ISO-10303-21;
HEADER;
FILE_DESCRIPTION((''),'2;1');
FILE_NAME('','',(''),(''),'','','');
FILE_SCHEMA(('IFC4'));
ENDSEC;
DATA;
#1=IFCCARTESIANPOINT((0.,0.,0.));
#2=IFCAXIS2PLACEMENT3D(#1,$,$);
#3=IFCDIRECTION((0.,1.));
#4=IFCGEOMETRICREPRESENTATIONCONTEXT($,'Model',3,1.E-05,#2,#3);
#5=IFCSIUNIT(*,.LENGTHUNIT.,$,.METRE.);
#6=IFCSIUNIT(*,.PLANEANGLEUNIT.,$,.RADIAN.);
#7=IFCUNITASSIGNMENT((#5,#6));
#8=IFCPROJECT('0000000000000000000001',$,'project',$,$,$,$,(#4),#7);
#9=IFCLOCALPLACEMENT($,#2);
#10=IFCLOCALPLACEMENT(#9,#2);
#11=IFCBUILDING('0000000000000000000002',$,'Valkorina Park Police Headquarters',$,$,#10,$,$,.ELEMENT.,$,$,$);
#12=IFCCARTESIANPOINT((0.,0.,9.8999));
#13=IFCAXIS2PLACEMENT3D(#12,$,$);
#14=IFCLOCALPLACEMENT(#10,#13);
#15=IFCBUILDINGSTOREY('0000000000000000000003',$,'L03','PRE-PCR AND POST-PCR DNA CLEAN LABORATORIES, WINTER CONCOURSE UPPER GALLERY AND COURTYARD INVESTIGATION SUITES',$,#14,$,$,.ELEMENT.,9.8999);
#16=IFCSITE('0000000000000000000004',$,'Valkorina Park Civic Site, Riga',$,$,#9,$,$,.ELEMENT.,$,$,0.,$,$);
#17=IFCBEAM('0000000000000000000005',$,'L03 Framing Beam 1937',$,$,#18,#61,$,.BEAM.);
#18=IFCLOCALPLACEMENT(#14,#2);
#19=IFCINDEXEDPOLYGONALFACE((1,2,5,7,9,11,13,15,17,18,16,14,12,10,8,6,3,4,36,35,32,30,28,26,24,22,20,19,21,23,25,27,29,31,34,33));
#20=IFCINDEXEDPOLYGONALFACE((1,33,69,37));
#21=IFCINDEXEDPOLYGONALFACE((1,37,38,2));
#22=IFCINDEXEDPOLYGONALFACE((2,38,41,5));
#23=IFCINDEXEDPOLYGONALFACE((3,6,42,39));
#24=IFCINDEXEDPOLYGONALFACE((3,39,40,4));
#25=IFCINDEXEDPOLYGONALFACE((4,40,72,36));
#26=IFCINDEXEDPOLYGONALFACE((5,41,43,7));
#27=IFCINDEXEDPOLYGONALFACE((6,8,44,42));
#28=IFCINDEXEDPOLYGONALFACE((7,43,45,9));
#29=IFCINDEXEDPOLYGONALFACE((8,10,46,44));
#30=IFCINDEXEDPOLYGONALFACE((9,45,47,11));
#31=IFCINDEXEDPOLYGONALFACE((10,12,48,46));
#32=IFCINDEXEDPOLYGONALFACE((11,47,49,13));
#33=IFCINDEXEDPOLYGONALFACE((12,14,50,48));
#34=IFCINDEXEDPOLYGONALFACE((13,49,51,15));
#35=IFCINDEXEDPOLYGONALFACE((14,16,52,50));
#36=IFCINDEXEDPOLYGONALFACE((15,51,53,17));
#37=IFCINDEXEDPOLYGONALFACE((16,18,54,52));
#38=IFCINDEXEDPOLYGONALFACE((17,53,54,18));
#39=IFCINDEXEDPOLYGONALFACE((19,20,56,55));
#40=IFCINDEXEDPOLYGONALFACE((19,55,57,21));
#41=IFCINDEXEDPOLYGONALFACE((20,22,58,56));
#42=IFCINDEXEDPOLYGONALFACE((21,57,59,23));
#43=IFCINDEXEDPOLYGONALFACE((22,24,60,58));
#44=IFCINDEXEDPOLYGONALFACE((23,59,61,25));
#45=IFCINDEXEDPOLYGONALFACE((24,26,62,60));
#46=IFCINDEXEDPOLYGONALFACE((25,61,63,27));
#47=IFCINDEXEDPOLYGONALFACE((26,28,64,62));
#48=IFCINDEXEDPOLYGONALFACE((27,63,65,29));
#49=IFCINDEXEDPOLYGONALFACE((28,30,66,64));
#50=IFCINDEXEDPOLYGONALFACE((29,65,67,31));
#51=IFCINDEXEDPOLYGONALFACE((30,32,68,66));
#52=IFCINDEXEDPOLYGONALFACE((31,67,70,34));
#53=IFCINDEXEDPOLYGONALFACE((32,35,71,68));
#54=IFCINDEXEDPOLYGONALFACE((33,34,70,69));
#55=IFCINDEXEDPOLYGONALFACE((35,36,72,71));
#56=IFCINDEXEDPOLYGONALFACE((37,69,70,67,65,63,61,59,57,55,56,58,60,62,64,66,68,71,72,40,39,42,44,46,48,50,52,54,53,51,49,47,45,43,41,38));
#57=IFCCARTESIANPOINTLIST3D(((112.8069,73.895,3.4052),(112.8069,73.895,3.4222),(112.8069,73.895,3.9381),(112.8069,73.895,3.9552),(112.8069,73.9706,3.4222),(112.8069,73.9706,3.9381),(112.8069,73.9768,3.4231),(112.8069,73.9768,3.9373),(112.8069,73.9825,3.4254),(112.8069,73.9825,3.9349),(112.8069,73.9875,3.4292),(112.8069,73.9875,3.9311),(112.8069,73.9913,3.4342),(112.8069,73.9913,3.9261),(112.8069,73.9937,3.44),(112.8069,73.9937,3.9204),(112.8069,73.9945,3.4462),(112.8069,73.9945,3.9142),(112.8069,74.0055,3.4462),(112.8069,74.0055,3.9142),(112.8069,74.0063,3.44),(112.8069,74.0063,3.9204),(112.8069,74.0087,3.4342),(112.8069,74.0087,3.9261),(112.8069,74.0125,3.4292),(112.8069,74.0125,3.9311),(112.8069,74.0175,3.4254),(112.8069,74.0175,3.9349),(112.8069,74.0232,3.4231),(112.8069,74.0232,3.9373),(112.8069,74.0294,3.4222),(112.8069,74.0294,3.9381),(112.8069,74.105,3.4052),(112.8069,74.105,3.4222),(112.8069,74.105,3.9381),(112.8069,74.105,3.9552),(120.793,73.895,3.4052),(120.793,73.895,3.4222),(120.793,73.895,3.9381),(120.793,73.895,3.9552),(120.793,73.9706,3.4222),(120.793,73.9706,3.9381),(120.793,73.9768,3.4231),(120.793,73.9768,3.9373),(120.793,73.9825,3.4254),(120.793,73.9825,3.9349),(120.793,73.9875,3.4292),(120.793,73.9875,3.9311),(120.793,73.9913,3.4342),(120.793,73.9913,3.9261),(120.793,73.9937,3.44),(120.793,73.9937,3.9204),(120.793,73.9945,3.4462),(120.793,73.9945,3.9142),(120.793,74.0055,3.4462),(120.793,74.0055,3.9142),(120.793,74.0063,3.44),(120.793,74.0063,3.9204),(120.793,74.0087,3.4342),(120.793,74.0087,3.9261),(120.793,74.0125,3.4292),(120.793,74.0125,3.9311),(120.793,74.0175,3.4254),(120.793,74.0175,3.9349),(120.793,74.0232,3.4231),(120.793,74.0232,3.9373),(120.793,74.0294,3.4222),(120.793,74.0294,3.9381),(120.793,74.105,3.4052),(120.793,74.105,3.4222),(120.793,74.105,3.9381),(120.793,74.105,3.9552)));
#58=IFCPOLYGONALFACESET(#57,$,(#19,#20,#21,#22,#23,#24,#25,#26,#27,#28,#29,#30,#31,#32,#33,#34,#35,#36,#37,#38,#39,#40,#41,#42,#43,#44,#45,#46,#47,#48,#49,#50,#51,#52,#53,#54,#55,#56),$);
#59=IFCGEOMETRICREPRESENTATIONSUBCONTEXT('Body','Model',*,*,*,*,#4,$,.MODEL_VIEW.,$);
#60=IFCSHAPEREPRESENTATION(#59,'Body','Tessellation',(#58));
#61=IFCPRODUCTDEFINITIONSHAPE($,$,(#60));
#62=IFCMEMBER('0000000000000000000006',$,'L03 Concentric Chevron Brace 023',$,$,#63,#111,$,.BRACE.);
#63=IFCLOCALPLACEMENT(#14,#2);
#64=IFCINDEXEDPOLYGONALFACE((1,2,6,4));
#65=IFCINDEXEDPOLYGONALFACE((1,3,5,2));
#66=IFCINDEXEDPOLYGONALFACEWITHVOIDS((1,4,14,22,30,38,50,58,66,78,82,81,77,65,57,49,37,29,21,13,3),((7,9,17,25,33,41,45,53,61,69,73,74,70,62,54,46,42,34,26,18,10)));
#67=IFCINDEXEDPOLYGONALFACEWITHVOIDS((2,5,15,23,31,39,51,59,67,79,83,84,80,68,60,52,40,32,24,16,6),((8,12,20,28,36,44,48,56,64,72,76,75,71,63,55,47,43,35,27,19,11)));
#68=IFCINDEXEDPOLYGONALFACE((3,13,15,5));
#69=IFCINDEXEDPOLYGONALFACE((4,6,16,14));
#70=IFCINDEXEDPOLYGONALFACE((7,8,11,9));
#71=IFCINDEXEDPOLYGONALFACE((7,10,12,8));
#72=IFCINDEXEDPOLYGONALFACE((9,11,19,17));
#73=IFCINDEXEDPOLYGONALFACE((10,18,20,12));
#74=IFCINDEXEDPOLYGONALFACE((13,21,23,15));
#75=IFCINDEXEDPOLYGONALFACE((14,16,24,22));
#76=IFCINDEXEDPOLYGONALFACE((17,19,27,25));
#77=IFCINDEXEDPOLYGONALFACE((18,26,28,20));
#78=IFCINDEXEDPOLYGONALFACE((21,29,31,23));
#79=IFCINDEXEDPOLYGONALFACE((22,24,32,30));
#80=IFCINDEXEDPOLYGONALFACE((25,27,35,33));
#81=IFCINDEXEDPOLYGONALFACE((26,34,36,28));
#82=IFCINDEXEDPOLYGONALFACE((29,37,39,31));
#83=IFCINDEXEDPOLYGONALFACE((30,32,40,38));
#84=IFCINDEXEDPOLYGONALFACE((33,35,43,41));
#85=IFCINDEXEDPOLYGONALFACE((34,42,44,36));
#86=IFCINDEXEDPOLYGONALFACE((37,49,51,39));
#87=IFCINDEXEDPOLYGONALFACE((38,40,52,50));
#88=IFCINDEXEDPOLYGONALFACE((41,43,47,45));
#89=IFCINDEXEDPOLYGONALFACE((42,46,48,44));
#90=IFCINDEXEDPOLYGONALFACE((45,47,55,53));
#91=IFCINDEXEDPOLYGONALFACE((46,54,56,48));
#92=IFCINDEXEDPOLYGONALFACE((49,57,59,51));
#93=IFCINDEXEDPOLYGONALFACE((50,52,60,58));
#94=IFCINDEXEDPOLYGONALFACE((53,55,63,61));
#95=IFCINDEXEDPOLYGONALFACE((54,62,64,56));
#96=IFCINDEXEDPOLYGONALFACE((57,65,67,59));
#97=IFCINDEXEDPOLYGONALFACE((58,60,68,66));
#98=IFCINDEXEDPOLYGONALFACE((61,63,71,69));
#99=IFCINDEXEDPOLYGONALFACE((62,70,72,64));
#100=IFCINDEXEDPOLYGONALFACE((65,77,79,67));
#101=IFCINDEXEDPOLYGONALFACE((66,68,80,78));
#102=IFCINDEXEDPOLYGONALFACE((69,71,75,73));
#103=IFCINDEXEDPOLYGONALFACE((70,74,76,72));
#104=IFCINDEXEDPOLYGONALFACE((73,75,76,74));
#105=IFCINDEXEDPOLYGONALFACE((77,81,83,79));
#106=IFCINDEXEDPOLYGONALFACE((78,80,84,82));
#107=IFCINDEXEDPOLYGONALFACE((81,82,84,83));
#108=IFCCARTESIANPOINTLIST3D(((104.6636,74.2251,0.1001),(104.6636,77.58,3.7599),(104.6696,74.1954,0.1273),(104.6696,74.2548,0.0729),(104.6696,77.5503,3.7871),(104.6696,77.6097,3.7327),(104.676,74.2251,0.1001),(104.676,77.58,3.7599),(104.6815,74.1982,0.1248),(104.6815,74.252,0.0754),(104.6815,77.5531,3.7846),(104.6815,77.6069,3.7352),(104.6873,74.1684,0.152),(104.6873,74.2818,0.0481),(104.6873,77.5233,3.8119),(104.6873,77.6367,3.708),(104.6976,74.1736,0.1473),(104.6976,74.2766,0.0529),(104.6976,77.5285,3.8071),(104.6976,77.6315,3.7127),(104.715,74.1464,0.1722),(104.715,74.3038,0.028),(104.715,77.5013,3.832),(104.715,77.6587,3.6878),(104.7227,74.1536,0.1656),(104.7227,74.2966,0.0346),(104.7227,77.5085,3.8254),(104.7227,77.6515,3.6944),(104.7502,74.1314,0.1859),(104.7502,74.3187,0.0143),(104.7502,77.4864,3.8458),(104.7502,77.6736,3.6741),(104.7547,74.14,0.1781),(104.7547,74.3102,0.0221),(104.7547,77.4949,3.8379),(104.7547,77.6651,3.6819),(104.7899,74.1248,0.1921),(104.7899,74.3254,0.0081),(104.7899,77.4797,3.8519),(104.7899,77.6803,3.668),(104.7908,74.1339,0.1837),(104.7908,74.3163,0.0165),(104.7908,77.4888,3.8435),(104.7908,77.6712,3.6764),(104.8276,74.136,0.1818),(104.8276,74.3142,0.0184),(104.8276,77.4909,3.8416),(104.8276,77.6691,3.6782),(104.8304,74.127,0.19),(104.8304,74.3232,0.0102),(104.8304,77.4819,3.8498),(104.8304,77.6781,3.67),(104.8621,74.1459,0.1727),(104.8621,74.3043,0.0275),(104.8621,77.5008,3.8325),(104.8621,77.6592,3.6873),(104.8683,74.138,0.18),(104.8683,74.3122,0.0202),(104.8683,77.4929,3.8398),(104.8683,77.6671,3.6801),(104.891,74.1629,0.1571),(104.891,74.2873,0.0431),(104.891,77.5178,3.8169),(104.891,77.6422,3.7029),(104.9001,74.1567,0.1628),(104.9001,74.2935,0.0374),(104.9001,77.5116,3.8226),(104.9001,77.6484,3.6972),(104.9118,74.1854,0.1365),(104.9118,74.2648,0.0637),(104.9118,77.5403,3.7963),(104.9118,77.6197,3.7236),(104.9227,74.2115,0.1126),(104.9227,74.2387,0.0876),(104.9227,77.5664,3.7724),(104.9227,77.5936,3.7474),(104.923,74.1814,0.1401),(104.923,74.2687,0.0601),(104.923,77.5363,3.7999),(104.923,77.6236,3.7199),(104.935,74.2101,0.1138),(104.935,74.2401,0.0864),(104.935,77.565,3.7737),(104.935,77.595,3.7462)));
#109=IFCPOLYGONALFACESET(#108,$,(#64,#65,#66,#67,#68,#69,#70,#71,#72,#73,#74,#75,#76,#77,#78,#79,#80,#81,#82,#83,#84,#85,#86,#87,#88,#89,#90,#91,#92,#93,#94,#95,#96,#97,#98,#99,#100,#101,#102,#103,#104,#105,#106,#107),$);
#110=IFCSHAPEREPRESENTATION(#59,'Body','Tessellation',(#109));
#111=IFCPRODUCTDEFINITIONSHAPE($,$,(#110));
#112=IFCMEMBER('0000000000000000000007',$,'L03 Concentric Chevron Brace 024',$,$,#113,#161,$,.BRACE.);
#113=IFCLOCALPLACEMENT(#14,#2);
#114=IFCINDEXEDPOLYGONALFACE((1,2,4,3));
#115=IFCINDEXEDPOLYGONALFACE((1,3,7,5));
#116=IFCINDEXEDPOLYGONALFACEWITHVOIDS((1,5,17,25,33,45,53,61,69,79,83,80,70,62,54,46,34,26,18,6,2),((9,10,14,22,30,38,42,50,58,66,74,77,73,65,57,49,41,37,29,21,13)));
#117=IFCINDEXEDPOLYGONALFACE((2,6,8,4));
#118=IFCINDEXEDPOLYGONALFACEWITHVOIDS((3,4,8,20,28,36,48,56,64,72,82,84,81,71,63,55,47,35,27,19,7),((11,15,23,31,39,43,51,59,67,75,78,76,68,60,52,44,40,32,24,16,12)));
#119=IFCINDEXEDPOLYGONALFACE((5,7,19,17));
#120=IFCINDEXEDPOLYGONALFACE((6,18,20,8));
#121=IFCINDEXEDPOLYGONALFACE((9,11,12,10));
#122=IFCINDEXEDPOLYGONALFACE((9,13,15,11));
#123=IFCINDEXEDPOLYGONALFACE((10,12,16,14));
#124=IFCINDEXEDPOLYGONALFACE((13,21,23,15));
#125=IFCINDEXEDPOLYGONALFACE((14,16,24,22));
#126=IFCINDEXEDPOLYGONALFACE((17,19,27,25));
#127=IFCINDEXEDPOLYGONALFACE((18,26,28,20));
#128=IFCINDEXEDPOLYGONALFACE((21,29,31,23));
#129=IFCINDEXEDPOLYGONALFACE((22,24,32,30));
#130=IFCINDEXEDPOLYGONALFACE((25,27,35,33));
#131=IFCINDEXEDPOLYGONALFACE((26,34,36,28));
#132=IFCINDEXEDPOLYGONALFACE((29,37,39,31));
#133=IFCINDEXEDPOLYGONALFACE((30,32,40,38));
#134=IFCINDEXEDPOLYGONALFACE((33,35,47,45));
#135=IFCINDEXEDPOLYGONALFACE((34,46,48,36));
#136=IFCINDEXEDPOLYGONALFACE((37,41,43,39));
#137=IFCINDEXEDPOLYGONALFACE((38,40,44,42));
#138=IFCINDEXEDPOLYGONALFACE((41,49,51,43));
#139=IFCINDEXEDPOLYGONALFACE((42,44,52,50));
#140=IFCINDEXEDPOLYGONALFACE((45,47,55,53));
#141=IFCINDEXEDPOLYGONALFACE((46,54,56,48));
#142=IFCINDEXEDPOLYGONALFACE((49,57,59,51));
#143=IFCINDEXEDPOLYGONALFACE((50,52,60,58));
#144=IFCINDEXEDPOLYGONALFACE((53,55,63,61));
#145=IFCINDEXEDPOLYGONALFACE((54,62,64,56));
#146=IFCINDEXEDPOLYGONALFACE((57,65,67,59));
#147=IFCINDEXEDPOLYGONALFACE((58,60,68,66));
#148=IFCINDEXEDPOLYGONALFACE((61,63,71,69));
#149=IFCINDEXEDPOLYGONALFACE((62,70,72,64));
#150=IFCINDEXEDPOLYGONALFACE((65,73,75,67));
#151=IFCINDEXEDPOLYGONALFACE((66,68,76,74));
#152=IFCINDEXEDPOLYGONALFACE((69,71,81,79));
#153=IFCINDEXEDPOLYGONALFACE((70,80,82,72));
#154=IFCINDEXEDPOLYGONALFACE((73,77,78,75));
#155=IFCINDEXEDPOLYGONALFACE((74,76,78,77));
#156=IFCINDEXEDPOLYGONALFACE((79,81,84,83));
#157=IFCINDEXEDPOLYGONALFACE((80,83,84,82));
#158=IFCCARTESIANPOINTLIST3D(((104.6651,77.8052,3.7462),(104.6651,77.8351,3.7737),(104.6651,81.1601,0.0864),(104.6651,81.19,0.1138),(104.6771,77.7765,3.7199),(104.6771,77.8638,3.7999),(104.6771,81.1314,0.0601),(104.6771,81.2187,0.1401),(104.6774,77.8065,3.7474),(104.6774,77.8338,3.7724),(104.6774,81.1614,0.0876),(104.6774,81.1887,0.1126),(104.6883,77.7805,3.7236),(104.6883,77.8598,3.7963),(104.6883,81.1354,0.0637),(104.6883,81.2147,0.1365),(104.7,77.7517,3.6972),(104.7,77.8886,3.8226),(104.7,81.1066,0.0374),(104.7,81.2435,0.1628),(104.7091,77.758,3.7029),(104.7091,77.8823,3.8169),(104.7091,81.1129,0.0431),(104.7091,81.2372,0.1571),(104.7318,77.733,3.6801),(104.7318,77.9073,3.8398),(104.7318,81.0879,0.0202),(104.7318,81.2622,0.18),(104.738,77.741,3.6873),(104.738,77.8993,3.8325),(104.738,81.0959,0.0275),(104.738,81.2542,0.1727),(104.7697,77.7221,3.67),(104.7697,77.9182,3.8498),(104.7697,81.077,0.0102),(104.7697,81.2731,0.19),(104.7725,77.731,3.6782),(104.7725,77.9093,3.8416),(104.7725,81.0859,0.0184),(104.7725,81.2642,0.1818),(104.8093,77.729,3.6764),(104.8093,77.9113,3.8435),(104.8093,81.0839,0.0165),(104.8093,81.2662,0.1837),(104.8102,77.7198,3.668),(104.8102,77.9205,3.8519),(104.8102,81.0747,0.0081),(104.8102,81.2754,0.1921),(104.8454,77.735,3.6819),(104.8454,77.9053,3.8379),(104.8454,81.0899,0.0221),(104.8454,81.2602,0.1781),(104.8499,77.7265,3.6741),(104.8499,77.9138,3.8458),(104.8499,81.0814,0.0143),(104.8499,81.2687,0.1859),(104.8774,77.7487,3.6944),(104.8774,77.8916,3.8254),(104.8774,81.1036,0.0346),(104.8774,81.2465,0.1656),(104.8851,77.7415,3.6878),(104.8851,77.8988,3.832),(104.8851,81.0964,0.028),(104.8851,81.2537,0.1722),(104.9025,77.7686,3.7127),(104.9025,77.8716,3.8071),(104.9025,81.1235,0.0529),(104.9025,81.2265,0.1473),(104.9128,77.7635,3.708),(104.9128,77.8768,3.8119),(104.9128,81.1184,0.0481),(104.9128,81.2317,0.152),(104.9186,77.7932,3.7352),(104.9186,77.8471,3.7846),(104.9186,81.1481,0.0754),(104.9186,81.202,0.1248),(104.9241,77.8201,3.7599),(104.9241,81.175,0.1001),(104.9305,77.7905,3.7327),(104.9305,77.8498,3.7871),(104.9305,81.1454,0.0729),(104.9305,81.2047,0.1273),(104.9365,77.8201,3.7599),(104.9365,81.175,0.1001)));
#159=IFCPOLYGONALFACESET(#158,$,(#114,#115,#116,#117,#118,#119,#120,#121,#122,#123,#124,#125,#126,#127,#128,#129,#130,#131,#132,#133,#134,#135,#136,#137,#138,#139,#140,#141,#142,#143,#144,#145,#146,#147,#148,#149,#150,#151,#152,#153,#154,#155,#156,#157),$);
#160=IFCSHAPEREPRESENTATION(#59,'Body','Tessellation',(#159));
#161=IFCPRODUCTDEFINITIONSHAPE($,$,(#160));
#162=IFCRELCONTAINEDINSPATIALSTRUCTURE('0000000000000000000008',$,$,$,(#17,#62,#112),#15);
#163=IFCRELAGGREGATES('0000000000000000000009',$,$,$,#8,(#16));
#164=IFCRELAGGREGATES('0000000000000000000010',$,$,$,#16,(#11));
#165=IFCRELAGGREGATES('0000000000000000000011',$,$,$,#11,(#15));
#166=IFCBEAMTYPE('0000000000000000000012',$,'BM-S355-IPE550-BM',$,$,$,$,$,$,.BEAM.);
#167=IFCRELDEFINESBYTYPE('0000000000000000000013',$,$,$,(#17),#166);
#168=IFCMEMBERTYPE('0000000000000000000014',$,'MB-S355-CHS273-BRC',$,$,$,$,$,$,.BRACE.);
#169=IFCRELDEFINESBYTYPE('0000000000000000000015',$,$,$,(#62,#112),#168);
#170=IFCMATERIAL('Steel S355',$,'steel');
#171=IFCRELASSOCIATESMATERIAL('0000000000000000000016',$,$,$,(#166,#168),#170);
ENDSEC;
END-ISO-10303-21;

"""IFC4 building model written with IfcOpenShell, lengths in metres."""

from ifc_helpers import new_model, si_unit, direction, frame, origin, origin_2d, place, context, subcontext, project, spatial, hollow_circle, i_section, extrude, material, material_profile, profile_set, type_object, element, save


model = new_model("IFC4")

# Units and contexts
model_context = context("Model", 3, precision=1e-05, world=origin(), true_north=direction((0.0, 1.0)))
body_context = subcontext(model_context, "Body", "Model", "MODEL_VIEW")
ifc_project = project(units=[si_unit("LENGTHUNIT", "METRE"), si_unit("PLANEANGLEUNIT", "RADIAN")], contexts=[model_context])

# Site, building, storey
site_placement = place(None, origin())
site = spatial("IfcSite", under=ifc_project, at=site_placement, Name="Valkorina Park Civic Site, Riga", CompositionType="ELEMENT", RefElevation=0.0)
building_placement = place(site_placement, origin())
building = spatial("IfcBuilding", under=site, at=building_placement, Name="Valkorina Park Police Headquarters", CompositionType="ELEMENT")
storey_placement = place(building_placement, frame((0.0, 0.0, 9.8999)))
storey = spatial("IfcBuildingStorey", under=building, at=storey_placement, Name="L03", Description="PRE-PCR AND POST-PCR DNA CLEAN LABORATORIES, WINTER CONCOURSE UPPER GALLERY AND COURTYARD INVESTIGATION SUITES", CompositionType="ELEMENT", Elevation=9.8999)

# Shared definitions
ifc_material_1 = material(Name="Steel S355", Category="steel")

# Beam
ifc_material_profile_1 = material_profile(ifc_material_1, i_section(OverallWidth=0.21, OverallDepth=0.55, WebThickness=0.011, FlangeThickness=0.0171, FilletRadius=0.0239, at=origin_2d()), Name="IPE 550")
ifc_profile_set_1 = profile_set([ifc_material_profile_1], Name="Steel S355")
beam_type_1 = type_object("IfcBeamType", Name="BM-S355-IPE550-BM", PredefinedType="BEAM", material=ifc_profile_set_1)
for number, where, z_axis, x_axis, name in (
    (1, (112.8069, 74.0, 3.6802), (1.0, 0.0, 0.0), (0.0, 1.0, 0.0), "L03 Framing Beam 1937"),
):
    element("IfcBeam", number, at=place(storey_placement, frame(where, z_axis=z_axis, x_axis=x_axis)), inside=storey, type_object=beam_type_1, Name=name, PredefinedType="BEAM", context=body_context, shape_type="SweptSolid", body=[
        extrude(i_section(OverallWidth=0.21, OverallDepth=0.55, WebThickness=0.011, FlangeThickness=0.0171, FilletRadius=0.0239, at=origin_2d()), origin(), (0.0, 0.0, 1.0), 7.9861),
    ])

# Members
ifc_material_profile_2 = material_profile(ifc_material_1, hollow_circle(Radius=0.1365, WallThickness=0.0125, at=origin_2d()), Name="CHS 273x12.5")
ifc_profile_set_2 = profile_set([ifc_material_profile_2], Name="Steel S355")
member_type = type_object("IfcMemberType", Name="MB-S355-CHS273-BRC", PredefinedType="BRACE", material=ifc_profile_set_2)
for number, where, z_axis, x_axis, name in (
    (2, (104.8, 74.2251, 0.1001), (0.0, 0.675731, 0.737148), (-1.0, 0.0, 0.0), "L03 Concentric Chevron Brace 023"),
    (3, (104.8, 81.175, 0.1001), (0.0, -0.675731, 0.737148), (1.0, 0.0, 0.0), "L03 Concentric Chevron Brace 024"),
):
    element("IfcMember", number, at=place(storey_placement, frame(where, z_axis=z_axis, x_axis=x_axis)), inside=storey, type_object=member_type, Name=name, PredefinedType="BRACE", context=body_context, shape_type="SweptSolid", body=[
        extrude(hollow_circle(Radius=0.1365, WallThickness=0.0125, at=origin_2d()), origin(), (0.0, 0.0, 1.0), 4.9648),
    ])

save(model, "model.ifc")
